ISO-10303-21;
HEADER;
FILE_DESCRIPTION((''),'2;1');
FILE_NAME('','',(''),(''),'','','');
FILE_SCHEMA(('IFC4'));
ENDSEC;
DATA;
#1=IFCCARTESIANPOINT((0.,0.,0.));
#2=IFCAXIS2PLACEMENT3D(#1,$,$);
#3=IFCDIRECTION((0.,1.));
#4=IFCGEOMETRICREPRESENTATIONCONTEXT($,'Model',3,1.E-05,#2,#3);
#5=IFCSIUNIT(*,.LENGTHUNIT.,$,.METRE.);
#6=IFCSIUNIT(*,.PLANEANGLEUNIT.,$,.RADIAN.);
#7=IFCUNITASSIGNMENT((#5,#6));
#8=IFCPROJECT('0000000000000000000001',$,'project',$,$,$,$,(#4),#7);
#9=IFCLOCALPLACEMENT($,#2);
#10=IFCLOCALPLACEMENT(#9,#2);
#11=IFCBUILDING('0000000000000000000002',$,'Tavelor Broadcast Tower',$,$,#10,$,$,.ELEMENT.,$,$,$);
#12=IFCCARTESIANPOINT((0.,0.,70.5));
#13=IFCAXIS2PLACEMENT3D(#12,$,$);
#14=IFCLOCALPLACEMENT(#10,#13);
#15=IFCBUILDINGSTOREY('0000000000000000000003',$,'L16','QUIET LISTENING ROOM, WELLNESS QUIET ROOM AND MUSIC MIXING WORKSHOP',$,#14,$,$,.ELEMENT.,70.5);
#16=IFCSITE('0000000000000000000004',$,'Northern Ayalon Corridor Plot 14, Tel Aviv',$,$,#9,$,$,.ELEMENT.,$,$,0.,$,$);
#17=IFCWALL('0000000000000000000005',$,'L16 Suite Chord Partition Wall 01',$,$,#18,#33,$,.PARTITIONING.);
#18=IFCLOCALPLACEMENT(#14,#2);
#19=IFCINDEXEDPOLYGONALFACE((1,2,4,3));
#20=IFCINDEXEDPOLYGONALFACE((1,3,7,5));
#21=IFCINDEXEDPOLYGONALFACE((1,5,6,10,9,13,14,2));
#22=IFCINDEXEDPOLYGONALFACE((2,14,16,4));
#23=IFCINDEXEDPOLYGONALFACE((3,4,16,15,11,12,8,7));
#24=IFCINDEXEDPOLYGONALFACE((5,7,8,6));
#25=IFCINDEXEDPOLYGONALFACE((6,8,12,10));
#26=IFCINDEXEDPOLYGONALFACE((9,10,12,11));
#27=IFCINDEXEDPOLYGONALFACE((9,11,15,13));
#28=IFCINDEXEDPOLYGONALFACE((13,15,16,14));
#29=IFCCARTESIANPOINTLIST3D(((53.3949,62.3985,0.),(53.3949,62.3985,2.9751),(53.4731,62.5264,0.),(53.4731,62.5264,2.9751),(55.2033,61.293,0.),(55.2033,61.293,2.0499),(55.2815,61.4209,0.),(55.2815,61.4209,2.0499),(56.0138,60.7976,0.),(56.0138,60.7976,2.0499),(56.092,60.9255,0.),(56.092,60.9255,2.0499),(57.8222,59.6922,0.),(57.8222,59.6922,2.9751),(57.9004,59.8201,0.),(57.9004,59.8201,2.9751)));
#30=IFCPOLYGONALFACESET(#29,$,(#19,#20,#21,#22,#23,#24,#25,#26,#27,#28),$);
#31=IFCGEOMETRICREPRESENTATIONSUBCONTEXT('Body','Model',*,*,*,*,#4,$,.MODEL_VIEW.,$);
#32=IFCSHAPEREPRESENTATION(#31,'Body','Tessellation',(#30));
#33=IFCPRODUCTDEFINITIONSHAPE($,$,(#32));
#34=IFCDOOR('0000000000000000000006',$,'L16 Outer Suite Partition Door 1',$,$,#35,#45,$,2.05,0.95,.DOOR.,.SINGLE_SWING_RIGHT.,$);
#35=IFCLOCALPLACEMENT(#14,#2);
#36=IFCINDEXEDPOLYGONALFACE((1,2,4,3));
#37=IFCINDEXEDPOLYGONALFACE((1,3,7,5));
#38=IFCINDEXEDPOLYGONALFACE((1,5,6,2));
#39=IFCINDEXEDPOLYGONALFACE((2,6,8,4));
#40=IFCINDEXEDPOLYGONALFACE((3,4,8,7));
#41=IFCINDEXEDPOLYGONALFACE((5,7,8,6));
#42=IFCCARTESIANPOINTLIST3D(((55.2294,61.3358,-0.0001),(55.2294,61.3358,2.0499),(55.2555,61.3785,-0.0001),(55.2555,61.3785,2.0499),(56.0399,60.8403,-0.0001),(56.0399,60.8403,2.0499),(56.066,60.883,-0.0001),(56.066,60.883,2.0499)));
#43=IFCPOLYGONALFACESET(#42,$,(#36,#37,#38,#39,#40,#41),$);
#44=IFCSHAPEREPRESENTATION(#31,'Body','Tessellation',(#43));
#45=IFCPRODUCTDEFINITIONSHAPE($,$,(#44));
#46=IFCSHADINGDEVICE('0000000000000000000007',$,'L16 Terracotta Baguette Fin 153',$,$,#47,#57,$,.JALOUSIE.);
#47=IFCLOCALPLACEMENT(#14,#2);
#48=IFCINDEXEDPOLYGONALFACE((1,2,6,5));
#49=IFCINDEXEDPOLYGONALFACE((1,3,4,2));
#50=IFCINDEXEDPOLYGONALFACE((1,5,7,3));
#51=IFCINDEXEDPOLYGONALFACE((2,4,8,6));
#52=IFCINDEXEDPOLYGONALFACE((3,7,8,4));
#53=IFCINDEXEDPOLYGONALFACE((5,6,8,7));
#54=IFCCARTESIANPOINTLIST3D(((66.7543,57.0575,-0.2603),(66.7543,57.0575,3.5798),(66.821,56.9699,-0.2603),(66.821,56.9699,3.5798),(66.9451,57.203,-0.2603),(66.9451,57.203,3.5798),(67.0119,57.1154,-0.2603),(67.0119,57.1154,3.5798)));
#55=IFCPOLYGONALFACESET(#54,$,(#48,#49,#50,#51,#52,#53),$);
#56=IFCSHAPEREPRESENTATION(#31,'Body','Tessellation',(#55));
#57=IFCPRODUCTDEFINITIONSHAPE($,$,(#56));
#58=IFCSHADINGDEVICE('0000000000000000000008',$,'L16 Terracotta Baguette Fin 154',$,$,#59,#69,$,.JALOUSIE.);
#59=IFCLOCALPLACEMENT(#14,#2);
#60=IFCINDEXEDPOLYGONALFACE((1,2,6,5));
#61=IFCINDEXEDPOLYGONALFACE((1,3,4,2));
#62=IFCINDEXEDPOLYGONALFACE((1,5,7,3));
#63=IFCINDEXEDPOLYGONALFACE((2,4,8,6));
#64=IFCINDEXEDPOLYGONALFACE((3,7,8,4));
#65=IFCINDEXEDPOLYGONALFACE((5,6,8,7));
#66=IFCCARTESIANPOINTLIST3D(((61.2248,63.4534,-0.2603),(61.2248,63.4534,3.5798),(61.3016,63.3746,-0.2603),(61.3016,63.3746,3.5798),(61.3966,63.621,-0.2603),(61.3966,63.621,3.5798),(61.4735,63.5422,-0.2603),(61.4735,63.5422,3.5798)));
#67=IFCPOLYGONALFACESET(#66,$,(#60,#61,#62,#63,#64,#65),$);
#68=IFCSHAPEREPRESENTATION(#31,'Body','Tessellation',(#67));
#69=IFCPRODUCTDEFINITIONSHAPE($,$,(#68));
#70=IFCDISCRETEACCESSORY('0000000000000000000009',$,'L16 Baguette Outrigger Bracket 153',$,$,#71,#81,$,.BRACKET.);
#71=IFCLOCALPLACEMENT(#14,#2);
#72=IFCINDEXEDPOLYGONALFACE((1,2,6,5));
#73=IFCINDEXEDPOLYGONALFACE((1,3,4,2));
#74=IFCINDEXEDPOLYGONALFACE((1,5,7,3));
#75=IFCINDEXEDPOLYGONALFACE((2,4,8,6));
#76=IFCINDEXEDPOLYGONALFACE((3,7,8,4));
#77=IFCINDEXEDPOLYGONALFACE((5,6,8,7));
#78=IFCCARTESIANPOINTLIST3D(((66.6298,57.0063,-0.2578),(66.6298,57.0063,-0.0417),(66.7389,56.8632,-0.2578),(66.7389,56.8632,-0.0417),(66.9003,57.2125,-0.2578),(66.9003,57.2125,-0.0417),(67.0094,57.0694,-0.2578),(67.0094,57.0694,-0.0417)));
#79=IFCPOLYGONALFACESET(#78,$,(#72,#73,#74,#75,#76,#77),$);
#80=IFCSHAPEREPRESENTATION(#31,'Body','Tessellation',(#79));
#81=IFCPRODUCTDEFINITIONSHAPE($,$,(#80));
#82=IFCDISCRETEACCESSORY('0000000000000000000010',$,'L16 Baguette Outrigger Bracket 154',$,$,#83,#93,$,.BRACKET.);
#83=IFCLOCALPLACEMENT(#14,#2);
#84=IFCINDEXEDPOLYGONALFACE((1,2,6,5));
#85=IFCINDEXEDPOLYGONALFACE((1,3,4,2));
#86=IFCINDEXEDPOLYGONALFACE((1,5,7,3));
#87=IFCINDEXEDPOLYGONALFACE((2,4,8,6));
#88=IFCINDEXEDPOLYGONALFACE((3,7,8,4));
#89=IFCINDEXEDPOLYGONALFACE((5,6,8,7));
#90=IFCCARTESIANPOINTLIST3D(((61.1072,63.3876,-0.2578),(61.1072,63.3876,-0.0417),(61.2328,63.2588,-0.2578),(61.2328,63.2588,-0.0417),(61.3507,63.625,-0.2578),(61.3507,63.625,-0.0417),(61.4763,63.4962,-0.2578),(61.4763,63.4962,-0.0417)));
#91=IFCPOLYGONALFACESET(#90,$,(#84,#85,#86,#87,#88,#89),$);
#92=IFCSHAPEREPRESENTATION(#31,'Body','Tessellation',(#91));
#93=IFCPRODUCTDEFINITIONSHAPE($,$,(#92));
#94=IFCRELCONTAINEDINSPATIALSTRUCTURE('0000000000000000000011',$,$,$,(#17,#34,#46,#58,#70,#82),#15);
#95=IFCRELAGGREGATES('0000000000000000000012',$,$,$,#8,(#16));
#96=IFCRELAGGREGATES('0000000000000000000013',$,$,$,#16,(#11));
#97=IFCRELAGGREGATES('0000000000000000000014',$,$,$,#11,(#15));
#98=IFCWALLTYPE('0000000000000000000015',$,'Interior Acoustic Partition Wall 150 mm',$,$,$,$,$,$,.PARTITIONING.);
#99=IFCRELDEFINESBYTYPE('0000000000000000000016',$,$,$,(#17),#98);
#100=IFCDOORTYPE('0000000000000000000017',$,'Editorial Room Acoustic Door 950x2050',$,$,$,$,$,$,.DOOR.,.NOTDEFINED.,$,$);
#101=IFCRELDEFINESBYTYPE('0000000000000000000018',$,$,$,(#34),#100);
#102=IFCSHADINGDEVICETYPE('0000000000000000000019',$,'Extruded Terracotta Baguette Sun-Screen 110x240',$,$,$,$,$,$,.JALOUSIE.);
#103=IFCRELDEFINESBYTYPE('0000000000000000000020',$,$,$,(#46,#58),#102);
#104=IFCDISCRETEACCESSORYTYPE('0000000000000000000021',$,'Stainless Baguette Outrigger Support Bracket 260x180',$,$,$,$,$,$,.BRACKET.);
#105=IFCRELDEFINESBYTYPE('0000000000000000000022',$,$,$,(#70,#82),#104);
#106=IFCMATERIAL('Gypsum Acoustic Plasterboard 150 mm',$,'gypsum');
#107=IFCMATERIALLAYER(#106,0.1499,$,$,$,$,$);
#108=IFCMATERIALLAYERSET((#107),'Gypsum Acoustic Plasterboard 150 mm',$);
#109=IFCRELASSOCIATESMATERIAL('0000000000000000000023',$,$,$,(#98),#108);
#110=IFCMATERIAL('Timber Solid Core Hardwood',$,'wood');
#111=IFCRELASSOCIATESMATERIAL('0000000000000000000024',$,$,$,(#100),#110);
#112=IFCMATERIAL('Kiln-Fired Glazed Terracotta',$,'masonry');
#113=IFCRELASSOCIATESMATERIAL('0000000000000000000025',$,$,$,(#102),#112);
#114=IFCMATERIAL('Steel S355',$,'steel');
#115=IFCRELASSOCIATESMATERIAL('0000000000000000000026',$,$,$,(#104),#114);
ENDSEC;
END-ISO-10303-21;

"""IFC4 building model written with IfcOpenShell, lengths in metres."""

from ifc_helpers import new_model, si_unit, direction, frame, frame_2d, origin, origin_2d, place, context, subcontext, project, spatial, rectangle, extrude, source, transform, mapped, material, layer, layer_set, type_object, type_shapes, element, fill, save


model = new_model("IFC4")

# Units and contexts
model_context = context("Model", 3, precision=1e-05, world=origin(), true_north=direction((0.0, 1.0)))
body_context = subcontext(model_context, "Body", "Model", "MODEL_VIEW")
ifc_project = project(units=[si_unit("LENGTHUNIT", "METRE"), si_unit("PLANEANGLEUNIT", "RADIAN")], contexts=[model_context])

# Site, building, storey
site_placement = place(None, origin())
site = spatial("IfcSite", under=ifc_project, at=site_placement, Name="Northern Ayalon Corridor Plot 14, Tel Aviv", CompositionType="ELEMENT", RefElevation=0.0)
building_placement = place(site_placement, origin())
building = spatial("IfcBuilding", under=site, at=building_placement, Name="Tavelor Broadcast Tower", CompositionType="ELEMENT")
storey_placement = place(building_placement, frame((0.0, 0.0, 70.5)))
storey = spatial("IfcBuildingStorey", under=building, at=storey_placement, Name="L16", Description="QUIET LISTENING ROOM, WELLNESS QUIET ROOM AND MUSIC MIXING WORKSHOP", CompositionType="ELEMENT", Elevation=70.5)

# Shared definitions
ifc_material_1 = material(Name="Steel S355", Category="steel")

# Wall, opening, door
ifc_material_2 = material(Name="Timber Solid Core Hardwood", Category="wood")
ifc_material_3 = material(Name="Gypsum Acoustic Plasterboard 150 mm", Category="gypsum")
ifc_layer_1 = layer(ifc_material_3, 0.1499)
ifc_layer_set_1 = layer_set([ifc_layer_1], Name="Gypsum Acoustic Plasterboard 150 mm")
wall_type_1 = type_object("IfcWallType", Name="Interior Acoustic Partition Wall 150 mm", PredefinedType="PARTITIONING", material=ifc_layer_set_1)
wall_1_placement = place(storey_placement, frame((57.8613, 59.7561, 0.0), z_axis=(0.0, 0.0, 1.0), x_axis=(-0.853217, 0.521557, 0.0)))
wall_1 = element("IfcWall", 1, at=wall_1_placement, inside=storey, type_object=wall_type_1, Name="L16 Suite Chord Partition Wall 01", PredefinedType="PARTITIONING", context=body_context, shape_type="SweptSolid", body=[
    extrude(rectangle(XDim=5.189, YDim=0.1499, at=frame_2d((2.5945, 0.0))), origin(), (0.0, 0.0, 1.0), 2.9751),
])
opening_1_placement = place(wall_1_placement, frame((2.1194, 0.0, 0.0)))
opening_1 = element("IfcOpeningElement", 2, at=opening_1_placement, cuts=wall_1, PredefinedType="OPENING", context=body_context, shape_type="SweptSolid", body=[
    extrude(rectangle(XDim=0.95, YDim=2.05, at=frame_2d((0.4751, 1.0249))), frame((0.0, 0.085, 0.0), z_axis=(0.0, -1.0, 0.0), x_axis=(1.0, 0.0, 0.0)), (0.0, 0.0, 1.0), 0.1699),
])
door_type_1 = type_object("IfcDoorType", Name="Editorial Room Acoustic Door 950x2050", OperationType="NOTDEFINED", PredefinedType="DOOR", material=ifc_material_2)
door_1_placement = place(opening_1_placement, origin())
door_1 = element("IfcDoor", 3, at=door_1_placement, inside=storey, type_object=door_type_1, Name="L16 Outer Suite Partition Door 1", OperationType="SINGLE_SWING_RIGHT", OverallHeight=2.05, OverallWidth=0.95, PredefinedType="DOOR", context=body_context, shape_type="SweptSolid", body=[
    extrude(rectangle(XDim=0.95, YDim=2.05, at=frame_2d((0.4751, 1.0249))), frame((0.0, 0.0249, 0.0), z_axis=(0.0, -1.0, 0.0), x_axis=(1.0, 0.0, 0.0)), (0.0, 0.0, 1.0), 0.05),
])
fill(opening_1, door_1)

# Shading devices
ifc_material_4 = material(Name="Kiln-Fired Glazed Terracotta", Category="masonry")
shading_device_type = type_object("IfcShadingDeviceType", Name="Extruded Terracotta Baguette Sun-Screen 110x240", PredefinedType="JALOUSIE", material=ifc_material_4)
shared_shape_1 = source(origin(), body_context, "Body", "SweptSolid", [
    extrude(rectangle(XDim=0.1101, YDim=0.24, at=origin_2d()), origin(), (0.0, 0.0, 1.0), 3.8401),
])
type_shapes(shading_device_type, [shared_shape_1])
for number, where, z_axis, x_axis, name in (
    (4, (66.8831, 57.0864, -0.2603), (0.0, 0.0, 1.0), (-0.606266, 0.795262, 0.0), "L16 Terracotta Baguette Fin 153"),
    (5, (61.3491, 63.4978, -0.2603), (0.0, 0.0, 1.0), (-0.698165, 0.715936, 0.0), "L16 Terracotta Baguette Fin 154"),
):
    element("IfcShadingDevice", number, at=place(storey_placement, frame(where, z_axis=z_axis, x_axis=x_axis)), inside=storey, type_object=shading_device_type, Name=name, PredefinedType="JALOUSIE", context=body_context, shape_type="MappedRepresentation", body=[
        mapped(shared_shape_1, transform((0.0, 0.0, 0.0), scale=1.0)),
    ])

# Discrete accessories
discrete_accessory_type = type_object("IfcDiscreteAccessoryType", Name="Stainless Baguette Outrigger Support Bracket 260x180", PredefinedType="BRACKET", material=ifc_material_1)
shared_shape_2 = source(origin(), body_context, "Body", "SweptSolid", [
    extrude(rectangle(XDim=0.1799, YDim=0.3401, at=origin_2d()), origin(), (0.0, 0.0, 1.0), 0.2161),
])
type_shapes(discrete_accessory_type, [shared_shape_2])
for number, where, z_axis, x_axis, name in (
    (6, (66.8196, 57.0378, -0.2578), (0.0, 0.0, 1.0), (-0.606266, 0.795262, 0.0), "L16 Baguette Outrigger Bracket 153"),
    (7, (61.2917, 63.4419, -0.2578), (0.0, 0.0, 1.0), (-0.698165, 0.715936, 0.0), "L16 Baguette Outrigger Bracket 154"),
):
    element("IfcDiscreteAccessory", number, at=place(storey_placement, frame(where, z_axis=z_axis, x_axis=x_axis)), inside=storey, type_object=discrete_accessory_type, Name=name, PredefinedType="BRACKET", context=body_context, shape_type="MappedRepresentation", body=[
        mapped(shared_shape_2, transform((0.0, 0.0, 0.0), scale=1.0)),
    ])

save(model, "model.ifc")
